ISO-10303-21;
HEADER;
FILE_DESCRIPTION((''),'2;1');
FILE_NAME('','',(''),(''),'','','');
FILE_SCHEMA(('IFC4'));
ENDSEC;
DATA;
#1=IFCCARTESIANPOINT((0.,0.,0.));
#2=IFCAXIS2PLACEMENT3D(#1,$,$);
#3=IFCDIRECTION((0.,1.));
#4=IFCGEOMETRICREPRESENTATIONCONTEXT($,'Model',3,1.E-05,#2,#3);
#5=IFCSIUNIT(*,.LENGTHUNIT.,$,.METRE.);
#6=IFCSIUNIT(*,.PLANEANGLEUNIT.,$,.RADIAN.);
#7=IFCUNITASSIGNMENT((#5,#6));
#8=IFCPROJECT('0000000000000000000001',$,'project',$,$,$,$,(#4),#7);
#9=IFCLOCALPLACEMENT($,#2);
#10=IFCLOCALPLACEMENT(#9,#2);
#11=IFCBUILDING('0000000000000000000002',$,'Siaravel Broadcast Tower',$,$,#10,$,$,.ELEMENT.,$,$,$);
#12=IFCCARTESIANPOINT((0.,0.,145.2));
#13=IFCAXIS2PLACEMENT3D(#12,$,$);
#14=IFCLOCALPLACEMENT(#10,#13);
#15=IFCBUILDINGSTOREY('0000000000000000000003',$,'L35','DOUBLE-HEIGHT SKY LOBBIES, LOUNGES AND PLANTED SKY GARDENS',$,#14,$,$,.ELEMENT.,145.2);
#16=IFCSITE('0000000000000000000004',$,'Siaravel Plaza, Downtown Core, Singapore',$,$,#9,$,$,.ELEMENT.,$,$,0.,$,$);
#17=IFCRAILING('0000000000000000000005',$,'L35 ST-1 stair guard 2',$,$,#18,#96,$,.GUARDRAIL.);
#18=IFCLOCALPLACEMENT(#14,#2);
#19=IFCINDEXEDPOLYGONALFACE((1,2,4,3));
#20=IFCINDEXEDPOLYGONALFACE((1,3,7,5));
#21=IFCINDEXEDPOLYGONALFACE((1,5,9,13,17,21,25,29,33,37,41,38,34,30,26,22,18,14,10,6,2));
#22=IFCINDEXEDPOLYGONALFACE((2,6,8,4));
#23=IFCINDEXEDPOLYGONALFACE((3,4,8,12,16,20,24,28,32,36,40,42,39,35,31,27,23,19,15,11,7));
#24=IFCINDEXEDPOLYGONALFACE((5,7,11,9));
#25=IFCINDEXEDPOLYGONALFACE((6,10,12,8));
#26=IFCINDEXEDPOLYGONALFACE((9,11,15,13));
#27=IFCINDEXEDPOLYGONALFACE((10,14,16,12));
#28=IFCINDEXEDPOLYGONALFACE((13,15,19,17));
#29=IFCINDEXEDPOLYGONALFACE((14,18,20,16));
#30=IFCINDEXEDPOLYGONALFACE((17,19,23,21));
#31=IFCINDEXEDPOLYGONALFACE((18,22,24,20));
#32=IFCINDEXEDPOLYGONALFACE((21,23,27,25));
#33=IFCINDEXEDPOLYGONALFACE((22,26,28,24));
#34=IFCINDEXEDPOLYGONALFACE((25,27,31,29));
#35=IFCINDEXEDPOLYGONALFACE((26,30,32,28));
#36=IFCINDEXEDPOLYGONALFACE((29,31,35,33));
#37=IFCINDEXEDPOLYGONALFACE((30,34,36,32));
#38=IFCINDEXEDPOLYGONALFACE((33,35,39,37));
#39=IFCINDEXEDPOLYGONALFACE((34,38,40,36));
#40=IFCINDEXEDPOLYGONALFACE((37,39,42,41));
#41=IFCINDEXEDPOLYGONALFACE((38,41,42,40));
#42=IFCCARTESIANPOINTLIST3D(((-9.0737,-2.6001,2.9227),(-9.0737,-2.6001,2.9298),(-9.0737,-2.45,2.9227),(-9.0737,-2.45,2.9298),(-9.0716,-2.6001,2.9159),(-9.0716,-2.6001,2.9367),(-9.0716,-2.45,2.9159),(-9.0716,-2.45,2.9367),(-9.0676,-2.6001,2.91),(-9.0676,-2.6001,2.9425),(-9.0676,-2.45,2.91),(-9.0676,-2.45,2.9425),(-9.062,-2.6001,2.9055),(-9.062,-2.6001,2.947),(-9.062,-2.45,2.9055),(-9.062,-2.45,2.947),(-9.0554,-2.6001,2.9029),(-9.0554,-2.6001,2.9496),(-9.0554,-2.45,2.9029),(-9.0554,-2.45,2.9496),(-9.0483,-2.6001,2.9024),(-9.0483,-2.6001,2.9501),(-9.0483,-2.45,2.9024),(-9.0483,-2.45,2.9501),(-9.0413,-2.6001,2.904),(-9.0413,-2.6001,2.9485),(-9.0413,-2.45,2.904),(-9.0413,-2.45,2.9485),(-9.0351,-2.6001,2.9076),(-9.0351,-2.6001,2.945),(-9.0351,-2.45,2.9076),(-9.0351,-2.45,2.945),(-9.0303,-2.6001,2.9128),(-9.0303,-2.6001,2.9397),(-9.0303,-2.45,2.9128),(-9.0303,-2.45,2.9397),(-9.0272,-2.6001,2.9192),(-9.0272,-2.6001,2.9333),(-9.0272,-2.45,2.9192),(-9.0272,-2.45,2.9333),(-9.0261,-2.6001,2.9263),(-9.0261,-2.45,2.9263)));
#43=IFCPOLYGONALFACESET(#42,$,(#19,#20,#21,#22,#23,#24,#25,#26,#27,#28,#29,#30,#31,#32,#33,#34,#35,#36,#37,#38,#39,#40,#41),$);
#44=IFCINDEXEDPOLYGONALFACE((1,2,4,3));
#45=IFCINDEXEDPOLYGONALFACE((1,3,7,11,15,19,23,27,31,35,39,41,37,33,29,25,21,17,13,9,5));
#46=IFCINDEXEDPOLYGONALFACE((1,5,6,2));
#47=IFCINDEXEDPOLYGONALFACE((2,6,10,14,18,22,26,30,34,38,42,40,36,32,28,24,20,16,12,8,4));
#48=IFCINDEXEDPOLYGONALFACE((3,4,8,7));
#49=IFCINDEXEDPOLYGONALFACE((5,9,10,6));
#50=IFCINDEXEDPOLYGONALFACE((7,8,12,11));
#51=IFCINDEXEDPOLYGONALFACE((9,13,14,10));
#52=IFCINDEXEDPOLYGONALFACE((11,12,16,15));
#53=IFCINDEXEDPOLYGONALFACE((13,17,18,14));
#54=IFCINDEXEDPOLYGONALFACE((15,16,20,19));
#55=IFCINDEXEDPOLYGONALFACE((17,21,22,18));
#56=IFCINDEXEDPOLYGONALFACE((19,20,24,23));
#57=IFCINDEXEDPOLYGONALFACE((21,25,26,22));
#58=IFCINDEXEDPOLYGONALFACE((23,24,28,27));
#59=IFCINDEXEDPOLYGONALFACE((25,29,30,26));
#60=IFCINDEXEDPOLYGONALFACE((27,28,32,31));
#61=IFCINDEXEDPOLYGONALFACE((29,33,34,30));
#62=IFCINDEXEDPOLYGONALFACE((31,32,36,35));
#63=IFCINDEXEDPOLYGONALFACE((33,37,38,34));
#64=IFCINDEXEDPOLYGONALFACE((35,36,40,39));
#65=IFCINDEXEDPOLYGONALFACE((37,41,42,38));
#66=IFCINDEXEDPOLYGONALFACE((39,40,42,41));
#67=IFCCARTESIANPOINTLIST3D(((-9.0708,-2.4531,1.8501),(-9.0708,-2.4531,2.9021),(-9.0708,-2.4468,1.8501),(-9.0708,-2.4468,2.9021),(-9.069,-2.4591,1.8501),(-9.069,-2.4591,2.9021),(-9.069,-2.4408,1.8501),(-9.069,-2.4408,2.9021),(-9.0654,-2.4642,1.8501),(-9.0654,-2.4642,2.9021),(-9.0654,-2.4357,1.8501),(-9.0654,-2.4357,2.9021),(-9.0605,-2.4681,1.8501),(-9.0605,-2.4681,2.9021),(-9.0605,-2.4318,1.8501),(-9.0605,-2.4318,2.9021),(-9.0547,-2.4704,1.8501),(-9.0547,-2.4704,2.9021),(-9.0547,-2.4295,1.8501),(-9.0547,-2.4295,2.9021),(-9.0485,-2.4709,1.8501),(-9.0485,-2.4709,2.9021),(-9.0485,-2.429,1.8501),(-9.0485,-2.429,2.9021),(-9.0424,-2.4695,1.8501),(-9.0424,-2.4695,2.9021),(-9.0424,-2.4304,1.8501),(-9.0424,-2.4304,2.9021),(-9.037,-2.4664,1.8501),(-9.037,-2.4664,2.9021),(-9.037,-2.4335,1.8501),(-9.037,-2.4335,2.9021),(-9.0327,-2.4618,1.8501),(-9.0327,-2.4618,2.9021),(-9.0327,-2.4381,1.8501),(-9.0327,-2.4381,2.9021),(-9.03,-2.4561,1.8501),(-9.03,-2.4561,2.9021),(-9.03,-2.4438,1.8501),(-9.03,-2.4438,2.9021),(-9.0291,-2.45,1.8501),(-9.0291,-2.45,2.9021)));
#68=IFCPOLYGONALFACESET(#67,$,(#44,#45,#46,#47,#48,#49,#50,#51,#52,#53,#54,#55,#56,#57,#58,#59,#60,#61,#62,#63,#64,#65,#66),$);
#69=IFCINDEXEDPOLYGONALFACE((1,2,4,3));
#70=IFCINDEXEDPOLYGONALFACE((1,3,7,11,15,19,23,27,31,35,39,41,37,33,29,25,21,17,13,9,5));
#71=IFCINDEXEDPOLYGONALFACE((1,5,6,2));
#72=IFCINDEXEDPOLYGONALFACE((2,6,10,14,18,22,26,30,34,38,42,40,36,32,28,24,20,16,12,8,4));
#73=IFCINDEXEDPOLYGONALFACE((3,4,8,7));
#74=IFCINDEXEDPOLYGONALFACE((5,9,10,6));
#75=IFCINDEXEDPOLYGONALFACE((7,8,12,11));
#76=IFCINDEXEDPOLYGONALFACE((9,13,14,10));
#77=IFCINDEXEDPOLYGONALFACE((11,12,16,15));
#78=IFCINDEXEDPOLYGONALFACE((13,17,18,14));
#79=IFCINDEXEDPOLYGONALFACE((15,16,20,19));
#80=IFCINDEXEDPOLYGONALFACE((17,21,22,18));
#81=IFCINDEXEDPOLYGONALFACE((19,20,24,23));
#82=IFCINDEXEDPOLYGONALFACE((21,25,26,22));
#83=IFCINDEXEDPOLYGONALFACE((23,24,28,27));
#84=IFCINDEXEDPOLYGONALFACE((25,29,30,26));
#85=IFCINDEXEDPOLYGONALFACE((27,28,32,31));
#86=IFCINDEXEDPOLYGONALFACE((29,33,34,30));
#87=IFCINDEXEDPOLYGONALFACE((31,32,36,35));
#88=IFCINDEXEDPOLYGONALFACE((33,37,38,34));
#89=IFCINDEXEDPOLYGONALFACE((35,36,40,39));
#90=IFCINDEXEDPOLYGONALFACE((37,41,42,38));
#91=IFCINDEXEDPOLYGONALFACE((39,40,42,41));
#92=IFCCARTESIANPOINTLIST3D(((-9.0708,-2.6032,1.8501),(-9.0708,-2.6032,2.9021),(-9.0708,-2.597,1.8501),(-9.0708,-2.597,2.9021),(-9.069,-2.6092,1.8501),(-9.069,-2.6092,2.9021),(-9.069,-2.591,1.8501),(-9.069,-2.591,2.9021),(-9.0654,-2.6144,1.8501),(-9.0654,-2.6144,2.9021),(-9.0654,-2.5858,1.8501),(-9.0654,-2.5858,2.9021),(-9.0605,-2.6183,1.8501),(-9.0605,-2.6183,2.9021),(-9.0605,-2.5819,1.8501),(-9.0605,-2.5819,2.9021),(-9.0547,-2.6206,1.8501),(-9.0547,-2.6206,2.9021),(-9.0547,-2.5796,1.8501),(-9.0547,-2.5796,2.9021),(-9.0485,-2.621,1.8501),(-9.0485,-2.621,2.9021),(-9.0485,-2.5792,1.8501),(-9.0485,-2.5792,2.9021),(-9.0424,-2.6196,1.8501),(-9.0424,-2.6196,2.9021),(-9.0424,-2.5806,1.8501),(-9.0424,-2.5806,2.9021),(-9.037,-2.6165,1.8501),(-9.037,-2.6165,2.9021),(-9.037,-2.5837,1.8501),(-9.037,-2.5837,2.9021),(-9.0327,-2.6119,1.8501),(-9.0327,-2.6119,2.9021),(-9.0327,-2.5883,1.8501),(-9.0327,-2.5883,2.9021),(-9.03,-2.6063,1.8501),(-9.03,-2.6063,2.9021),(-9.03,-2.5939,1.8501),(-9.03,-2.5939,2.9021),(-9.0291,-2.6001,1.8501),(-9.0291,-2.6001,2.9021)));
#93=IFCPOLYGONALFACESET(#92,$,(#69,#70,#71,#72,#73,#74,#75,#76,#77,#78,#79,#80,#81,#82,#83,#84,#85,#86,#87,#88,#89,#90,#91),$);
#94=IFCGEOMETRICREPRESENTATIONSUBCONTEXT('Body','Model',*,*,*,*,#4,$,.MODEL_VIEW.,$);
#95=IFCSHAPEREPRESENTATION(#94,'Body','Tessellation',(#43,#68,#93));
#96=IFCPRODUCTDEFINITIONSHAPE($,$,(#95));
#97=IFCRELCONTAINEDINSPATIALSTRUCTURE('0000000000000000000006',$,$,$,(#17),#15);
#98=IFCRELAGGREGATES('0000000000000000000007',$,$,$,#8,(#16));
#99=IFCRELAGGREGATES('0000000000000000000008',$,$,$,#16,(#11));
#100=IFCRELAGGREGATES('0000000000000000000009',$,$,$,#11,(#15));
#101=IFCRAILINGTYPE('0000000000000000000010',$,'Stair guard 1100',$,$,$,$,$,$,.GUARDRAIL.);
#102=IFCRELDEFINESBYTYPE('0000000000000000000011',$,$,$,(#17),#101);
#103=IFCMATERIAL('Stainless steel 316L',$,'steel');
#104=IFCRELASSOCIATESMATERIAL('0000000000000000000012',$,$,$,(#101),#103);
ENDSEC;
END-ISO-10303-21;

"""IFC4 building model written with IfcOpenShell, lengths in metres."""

from ifc_helpers import new_model, si_unit, direction, frame, origin, origin_2d, place, context, subcontext, project, spatial, circle, extrude, material, type_object, element, save


model = new_model("IFC4")

# Units and contexts
model_context = context("Model", 3, precision=1e-05, world=origin(), true_north=direction((0.0, 1.0)))
body_context = subcontext(model_context, "Body", "Model", "MODEL_VIEW")
ifc_project = project(units=[si_unit("LENGTHUNIT", "METRE"), si_unit("PLANEANGLEUNIT", "RADIAN")], contexts=[model_context])

# Site, building, storey
site_placement = place(None, origin())
site = spatial("IfcSite", under=ifc_project, at=site_placement, Name="Siaravel Plaza, Downtown Core, Singapore", CompositionType="ELEMENT", RefElevation=0.0)
building_placement = place(site_placement, origin())
building = spatial("IfcBuilding", under=site, at=building_placement, Name="Siaravel Broadcast Tower", CompositionType="ELEMENT")
storey_placement = place(building_placement, frame((0.0, 0.0, 145.2)))
storey = spatial("IfcBuildingStorey", under=building, at=storey_placement, Name="L35", Description="DOUBLE-HEIGHT SKY LOBBIES, LOUNGES AND PLANTED SKY GARDENS", CompositionType="ELEMENT", Elevation=145.2)

# Railing
ifc_material_1 = material(Name="Stainless steel 316L", Category="steel")
railing_type_1 = type_object("IfcRailingType", Name="Stair guard 1100", PredefinedType="GUARDRAIL", material=ifc_material_1)
railing_1_placement = place(storey_placement, frame((-9.05, -2.45, 1.8501)))
element("IfcRailing", 1, at=railing_1_placement, inside=storey, type_object=railing_type_1, Name="L35 ST-1 stair guard 2", PredefinedType="GUARDRAIL", context=body_context, shape_type="SweptSolid", body=[
    extrude(circle(Radius=0.0239, at=origin_2d()), frame((0.0, 0.0, 1.0762), z_axis=(0.0, -1.0, 0.0), x_axis=(1.0, 0.0, 0.0)), (0.0, 0.0, 1.0), 0.1501),
    extrude(circle(Radius=0.021, at=origin_2d()), origin(), (0.0, 0.0, 1.0), 1.052),
    extrude(circle(Radius=0.021, at=origin_2d()), frame((0.0, -0.1501, 0.0)), (0.0, 0.0, 1.0), 1.052),
])

save(model, "model.ifc")
